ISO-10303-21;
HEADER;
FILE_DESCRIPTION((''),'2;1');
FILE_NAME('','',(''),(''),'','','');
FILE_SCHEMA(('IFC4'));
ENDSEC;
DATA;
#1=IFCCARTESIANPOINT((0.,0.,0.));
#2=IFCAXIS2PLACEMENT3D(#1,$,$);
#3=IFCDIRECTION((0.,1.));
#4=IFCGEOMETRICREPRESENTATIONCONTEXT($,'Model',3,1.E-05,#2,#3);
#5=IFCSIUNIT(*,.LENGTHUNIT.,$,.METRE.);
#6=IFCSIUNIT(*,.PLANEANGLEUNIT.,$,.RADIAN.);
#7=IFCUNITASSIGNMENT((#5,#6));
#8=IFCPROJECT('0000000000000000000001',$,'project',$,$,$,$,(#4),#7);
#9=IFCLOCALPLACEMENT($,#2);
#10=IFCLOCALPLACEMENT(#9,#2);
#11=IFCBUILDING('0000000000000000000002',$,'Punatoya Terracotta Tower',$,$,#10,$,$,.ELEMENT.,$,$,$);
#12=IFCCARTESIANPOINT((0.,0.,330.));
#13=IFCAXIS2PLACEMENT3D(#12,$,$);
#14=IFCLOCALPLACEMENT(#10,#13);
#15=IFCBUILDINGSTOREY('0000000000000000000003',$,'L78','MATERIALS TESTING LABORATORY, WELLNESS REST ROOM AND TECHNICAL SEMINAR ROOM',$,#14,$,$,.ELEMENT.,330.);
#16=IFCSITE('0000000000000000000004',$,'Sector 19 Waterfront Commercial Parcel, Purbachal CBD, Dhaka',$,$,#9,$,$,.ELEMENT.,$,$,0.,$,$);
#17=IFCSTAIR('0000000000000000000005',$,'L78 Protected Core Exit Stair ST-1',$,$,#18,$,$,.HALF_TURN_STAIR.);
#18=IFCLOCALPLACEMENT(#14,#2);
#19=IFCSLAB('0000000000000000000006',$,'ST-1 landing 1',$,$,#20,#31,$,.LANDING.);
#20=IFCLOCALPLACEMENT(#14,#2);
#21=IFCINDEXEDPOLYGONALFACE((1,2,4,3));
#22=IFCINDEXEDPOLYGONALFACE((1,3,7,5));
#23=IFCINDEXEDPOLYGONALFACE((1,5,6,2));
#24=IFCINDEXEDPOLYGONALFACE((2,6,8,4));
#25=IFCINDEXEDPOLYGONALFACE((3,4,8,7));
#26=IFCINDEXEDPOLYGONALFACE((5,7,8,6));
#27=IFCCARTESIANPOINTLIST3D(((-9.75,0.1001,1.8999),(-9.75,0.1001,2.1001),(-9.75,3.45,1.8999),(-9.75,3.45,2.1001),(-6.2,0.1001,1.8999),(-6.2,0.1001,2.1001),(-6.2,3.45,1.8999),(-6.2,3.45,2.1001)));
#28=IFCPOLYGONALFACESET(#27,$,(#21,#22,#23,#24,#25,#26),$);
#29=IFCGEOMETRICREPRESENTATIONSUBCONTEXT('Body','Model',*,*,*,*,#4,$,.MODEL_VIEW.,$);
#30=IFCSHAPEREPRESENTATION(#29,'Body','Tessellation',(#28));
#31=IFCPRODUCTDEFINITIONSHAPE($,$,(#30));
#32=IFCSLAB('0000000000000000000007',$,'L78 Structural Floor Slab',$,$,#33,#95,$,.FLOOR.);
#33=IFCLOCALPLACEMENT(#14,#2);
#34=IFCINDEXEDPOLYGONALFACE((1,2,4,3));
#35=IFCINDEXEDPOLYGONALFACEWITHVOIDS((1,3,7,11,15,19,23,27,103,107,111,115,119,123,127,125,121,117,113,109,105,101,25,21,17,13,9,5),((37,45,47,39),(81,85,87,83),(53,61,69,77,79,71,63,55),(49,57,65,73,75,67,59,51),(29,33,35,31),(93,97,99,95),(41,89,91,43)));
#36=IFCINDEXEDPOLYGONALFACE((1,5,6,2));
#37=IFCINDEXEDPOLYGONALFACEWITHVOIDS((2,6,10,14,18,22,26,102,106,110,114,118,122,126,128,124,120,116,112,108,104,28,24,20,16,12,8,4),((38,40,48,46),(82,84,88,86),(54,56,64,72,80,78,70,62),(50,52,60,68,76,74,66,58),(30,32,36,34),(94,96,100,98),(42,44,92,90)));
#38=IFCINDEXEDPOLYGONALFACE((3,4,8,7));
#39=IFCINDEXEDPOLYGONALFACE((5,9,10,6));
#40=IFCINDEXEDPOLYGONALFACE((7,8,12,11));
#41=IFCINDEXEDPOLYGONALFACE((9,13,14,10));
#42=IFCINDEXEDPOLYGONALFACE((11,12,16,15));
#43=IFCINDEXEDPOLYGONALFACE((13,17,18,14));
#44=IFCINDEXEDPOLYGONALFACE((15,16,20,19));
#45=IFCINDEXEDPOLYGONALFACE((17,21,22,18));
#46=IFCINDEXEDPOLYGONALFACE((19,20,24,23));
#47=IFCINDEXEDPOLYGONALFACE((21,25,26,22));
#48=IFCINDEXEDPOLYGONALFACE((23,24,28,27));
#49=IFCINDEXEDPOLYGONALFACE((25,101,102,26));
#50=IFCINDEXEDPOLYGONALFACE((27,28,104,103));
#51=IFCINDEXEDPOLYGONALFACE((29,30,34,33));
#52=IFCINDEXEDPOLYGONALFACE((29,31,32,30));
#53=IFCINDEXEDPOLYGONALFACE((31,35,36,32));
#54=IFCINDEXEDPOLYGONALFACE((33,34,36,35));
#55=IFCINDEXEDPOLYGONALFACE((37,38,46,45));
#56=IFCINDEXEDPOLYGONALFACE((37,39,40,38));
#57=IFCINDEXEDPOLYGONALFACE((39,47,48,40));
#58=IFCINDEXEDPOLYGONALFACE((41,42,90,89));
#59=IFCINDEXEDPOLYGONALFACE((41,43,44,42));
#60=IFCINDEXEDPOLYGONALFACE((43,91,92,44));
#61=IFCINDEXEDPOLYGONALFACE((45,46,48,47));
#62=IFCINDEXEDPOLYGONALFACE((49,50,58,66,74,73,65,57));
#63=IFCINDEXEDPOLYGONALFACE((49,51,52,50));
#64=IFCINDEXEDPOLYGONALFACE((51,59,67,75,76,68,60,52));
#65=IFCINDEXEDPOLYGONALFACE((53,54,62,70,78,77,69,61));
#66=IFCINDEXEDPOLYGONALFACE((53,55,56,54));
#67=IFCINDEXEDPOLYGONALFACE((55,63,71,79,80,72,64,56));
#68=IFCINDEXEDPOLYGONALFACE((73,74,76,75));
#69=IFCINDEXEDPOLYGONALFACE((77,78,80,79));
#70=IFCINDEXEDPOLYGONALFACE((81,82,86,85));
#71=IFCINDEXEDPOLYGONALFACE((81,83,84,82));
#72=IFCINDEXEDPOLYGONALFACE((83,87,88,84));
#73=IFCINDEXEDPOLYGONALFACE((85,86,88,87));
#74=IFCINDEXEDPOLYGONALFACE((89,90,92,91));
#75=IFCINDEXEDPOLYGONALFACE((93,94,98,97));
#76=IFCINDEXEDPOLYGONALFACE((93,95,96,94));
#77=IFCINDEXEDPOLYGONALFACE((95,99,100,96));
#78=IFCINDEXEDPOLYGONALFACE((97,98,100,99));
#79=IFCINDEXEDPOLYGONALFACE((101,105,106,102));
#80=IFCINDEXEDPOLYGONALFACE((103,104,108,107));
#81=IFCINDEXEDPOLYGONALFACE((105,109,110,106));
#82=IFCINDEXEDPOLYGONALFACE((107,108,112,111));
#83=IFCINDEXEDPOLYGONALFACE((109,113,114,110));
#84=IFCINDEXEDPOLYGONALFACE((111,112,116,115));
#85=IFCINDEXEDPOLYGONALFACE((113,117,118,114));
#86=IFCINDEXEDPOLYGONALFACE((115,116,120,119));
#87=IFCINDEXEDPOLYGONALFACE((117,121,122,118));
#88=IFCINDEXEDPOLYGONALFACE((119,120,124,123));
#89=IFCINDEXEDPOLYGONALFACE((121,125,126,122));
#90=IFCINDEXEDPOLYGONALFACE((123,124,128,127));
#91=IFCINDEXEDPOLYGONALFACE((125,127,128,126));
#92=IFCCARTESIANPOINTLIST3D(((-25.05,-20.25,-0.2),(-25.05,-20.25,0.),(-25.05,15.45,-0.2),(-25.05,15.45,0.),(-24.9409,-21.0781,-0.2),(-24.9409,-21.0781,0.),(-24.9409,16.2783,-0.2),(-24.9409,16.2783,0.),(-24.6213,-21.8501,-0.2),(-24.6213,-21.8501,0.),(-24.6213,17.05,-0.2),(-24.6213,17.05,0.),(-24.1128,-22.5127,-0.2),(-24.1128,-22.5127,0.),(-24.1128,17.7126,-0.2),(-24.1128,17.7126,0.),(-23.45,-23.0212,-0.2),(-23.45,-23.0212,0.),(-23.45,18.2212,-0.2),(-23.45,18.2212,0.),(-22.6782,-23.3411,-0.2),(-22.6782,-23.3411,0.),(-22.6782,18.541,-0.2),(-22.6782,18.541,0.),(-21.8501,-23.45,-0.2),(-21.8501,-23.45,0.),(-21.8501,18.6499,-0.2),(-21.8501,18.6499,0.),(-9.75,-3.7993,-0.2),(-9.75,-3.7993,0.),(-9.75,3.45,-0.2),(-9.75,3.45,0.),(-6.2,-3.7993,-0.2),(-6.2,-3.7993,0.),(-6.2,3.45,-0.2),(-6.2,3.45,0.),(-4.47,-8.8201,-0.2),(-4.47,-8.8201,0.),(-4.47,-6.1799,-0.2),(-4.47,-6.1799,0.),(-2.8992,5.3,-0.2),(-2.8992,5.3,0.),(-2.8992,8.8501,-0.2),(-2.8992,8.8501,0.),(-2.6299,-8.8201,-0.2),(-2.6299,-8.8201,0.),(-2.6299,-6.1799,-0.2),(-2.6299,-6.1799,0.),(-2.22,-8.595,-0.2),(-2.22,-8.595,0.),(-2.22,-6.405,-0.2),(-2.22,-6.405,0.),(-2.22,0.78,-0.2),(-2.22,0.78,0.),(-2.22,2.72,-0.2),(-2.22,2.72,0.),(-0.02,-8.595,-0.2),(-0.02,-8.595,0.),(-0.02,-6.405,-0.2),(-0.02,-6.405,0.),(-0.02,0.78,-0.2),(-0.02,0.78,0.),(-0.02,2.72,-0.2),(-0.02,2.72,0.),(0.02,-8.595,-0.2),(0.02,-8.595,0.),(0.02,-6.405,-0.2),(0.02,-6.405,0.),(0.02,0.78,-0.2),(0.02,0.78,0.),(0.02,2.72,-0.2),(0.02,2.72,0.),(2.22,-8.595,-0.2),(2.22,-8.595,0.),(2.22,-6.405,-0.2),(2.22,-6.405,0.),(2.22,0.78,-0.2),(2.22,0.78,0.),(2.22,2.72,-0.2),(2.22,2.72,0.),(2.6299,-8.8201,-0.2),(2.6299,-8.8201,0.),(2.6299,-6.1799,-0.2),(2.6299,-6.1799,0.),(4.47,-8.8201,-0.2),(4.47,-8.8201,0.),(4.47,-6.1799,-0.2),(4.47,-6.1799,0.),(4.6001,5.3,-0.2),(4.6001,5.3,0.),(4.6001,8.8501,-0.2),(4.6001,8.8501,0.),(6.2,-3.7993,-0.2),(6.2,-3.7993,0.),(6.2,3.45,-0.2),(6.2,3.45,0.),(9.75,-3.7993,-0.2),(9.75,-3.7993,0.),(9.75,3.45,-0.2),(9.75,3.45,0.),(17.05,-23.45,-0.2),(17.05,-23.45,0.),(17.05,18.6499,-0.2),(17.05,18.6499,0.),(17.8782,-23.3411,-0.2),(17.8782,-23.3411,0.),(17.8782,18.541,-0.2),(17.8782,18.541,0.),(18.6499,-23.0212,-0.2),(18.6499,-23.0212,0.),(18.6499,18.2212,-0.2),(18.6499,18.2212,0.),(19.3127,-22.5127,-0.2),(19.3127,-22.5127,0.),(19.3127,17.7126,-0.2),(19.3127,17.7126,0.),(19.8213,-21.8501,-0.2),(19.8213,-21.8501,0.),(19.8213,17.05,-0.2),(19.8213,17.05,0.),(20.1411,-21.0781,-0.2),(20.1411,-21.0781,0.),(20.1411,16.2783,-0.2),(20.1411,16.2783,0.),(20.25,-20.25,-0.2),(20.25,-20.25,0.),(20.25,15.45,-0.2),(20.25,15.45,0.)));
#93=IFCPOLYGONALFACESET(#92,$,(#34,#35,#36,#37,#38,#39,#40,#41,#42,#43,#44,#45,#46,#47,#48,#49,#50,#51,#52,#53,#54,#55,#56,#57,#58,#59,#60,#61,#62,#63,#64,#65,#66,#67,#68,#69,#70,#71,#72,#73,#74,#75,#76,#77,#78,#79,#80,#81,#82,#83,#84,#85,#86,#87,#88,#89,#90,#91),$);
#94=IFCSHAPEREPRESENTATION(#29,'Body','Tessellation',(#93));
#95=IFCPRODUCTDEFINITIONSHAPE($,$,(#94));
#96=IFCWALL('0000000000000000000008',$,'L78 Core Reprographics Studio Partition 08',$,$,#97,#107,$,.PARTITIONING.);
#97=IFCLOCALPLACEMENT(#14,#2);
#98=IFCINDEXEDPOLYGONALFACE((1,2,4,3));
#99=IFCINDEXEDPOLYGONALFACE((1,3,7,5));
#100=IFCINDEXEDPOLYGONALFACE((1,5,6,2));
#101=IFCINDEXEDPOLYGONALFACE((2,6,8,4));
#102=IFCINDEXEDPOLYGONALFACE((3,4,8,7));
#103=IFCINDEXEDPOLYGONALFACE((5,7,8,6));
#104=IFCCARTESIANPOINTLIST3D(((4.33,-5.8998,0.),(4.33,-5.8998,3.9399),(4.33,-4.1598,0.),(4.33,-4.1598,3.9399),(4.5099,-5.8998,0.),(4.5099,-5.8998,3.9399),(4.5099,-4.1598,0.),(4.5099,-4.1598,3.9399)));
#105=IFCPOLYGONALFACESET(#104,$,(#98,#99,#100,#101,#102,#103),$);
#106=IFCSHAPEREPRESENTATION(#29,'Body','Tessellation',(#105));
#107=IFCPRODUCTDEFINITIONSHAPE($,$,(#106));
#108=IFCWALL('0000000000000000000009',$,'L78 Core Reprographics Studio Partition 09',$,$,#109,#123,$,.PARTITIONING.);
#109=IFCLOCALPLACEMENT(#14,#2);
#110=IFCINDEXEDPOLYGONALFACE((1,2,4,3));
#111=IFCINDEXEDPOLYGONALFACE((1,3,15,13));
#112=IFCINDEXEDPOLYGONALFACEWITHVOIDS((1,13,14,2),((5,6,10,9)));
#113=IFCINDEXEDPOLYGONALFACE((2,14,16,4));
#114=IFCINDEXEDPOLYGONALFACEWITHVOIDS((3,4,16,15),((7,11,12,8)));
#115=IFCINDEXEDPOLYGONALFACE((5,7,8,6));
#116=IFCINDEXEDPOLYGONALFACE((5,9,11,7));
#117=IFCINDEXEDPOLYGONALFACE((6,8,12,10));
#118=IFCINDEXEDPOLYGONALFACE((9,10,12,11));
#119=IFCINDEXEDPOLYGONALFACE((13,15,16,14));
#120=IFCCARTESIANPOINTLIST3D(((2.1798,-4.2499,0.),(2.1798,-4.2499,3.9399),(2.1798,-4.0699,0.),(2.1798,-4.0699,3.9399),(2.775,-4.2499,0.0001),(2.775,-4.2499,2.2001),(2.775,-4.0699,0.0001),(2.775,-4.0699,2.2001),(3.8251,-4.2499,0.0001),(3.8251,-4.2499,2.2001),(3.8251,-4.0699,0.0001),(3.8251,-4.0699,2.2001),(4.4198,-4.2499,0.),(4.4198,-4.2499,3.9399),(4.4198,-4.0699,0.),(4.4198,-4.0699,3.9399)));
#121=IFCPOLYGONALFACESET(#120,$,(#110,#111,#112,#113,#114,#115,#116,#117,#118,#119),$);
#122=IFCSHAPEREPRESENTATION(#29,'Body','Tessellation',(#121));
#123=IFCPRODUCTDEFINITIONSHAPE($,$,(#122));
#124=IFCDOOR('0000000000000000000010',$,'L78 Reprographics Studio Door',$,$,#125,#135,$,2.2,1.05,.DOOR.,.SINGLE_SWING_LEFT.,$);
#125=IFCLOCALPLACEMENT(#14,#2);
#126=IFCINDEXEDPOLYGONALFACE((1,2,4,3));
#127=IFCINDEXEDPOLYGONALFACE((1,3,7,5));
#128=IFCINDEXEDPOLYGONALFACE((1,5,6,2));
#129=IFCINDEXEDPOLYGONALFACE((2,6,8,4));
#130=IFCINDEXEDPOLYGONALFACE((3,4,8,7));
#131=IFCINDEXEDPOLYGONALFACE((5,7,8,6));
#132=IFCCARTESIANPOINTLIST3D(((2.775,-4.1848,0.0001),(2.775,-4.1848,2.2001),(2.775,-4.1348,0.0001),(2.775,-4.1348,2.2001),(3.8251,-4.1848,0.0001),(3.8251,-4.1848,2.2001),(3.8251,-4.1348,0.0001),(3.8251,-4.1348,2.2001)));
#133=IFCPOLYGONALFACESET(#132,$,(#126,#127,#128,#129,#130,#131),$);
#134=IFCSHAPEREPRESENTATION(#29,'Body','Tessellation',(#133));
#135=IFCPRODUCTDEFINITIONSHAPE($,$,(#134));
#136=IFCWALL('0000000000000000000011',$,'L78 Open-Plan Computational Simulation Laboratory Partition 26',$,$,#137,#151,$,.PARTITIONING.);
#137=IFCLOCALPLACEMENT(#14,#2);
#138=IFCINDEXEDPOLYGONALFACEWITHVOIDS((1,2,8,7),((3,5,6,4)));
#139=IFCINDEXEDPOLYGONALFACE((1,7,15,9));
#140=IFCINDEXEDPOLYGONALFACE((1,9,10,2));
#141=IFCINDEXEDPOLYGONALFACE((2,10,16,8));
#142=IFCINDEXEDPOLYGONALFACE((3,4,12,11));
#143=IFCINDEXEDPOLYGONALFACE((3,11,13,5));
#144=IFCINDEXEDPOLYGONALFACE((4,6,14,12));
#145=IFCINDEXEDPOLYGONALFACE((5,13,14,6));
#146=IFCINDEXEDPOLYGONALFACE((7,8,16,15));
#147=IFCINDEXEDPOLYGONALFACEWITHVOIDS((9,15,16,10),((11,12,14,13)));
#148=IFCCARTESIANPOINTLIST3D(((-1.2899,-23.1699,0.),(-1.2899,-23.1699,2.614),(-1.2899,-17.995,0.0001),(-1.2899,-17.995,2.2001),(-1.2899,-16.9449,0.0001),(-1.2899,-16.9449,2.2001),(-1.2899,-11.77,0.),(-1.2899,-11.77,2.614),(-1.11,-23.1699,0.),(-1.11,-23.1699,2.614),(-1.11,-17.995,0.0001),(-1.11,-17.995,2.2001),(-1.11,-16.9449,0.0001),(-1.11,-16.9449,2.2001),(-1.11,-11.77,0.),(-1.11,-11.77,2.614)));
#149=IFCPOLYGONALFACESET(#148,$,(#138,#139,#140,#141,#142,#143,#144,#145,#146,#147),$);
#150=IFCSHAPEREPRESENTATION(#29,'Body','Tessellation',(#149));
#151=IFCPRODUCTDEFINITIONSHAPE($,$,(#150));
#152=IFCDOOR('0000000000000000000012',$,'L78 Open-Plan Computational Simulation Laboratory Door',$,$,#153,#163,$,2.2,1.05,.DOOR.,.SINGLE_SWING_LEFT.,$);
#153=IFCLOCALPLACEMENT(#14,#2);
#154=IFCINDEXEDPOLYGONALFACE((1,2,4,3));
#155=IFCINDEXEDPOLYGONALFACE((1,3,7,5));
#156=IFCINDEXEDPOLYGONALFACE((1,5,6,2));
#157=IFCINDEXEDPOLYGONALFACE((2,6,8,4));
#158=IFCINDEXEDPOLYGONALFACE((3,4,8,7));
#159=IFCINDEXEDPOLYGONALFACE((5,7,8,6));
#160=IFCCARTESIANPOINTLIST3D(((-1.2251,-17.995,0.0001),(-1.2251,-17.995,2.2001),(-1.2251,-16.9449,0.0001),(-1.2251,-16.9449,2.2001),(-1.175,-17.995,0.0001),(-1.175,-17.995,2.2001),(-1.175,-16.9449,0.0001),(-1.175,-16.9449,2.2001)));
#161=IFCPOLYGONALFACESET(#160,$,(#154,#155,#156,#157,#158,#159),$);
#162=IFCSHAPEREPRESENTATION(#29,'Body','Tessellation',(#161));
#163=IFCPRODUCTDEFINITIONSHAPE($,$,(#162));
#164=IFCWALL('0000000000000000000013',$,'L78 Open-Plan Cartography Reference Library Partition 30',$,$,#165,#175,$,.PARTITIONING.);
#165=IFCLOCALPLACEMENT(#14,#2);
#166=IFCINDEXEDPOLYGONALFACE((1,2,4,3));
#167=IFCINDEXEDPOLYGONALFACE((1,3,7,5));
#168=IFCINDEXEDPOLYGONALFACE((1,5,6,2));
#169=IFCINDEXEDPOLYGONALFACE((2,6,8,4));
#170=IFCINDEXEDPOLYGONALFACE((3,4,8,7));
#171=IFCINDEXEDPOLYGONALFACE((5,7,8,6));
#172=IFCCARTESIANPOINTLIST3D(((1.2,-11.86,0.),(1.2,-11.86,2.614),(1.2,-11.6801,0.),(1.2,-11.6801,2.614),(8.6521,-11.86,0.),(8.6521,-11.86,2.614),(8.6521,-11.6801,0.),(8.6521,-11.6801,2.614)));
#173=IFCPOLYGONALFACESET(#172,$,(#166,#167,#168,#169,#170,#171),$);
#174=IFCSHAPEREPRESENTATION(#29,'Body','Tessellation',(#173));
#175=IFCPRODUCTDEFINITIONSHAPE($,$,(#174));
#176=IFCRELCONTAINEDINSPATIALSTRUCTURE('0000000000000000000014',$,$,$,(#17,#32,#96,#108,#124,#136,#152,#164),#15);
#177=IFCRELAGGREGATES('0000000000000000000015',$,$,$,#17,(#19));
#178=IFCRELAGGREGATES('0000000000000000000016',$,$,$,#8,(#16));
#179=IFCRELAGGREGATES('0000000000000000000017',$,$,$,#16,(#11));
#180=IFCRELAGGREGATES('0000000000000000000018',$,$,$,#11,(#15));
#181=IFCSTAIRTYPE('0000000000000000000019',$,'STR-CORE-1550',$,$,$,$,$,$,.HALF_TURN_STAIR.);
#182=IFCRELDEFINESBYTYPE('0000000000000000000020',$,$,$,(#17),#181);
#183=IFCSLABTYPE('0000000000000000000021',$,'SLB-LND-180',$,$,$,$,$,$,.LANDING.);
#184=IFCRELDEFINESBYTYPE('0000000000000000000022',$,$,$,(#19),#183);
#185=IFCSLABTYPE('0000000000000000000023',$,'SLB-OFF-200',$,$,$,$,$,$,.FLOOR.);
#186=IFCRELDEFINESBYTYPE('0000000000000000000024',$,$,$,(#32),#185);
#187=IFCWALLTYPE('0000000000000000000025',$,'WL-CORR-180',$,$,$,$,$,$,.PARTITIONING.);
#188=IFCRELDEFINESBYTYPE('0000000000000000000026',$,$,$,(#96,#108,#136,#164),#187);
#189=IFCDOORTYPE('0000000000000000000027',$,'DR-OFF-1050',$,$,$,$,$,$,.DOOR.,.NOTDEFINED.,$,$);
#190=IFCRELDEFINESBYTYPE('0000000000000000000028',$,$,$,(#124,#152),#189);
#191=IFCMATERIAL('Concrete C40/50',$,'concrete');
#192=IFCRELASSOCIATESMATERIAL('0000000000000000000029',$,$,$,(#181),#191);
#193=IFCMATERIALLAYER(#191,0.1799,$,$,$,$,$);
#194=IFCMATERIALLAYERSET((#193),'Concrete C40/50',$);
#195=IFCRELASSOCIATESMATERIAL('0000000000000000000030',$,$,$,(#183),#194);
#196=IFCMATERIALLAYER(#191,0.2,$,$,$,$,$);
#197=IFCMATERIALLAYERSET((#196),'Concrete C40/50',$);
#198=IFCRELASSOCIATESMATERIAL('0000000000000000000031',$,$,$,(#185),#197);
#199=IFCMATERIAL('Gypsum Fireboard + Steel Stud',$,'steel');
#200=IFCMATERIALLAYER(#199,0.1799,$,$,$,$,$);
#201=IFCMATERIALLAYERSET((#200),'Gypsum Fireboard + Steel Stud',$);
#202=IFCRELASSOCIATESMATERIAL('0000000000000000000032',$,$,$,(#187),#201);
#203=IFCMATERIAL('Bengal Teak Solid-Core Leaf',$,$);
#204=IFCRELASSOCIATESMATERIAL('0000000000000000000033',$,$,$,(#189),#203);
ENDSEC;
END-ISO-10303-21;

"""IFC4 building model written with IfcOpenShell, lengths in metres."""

from ifc_helpers import new_model, si_unit, direction, frame, frame_2d, origin, place, context, subcontext, project, spatial, polyline, rectangle, outline, extrude, material, layer, layer_set, type_object, element, fill, aggregate, save


model = new_model("IFC4")

# Units and contexts
model_context = context("Model", 3, precision=1e-05, world=origin(), true_north=direction((0.0, 1.0)))
body_context = subcontext(model_context, "Body", "Model", "MODEL_VIEW")
ifc_project = project(units=[si_unit("LENGTHUNIT", "METRE"), si_unit("PLANEANGLEUNIT", "RADIAN")], contexts=[model_context])

# Site, building, storey
site_placement = place(None, origin())
site = spatial("IfcSite", under=ifc_project, at=site_placement, Name="Sector 19 Waterfront Commercial Parcel, Purbachal CBD, Dhaka", CompositionType="ELEMENT", RefElevation=0.0)
building_placement = place(site_placement, origin())
building = spatial("IfcBuilding", under=site, at=building_placement, Name="Punatoya Terracotta Tower", CompositionType="ELEMENT")
storey_placement = place(building_placement, frame((0.0, 0.0, 330.0)))
storey = spatial("IfcBuildingStorey", under=building, at=storey_placement, Name="L78", Description="MATERIALS TESTING LABORATORY, WELLNESS REST ROOM AND TECHNICAL SEMINAR ROOM", CompositionType="ELEMENT", Elevation=330.0)

# Stair, slab
ifc_material_1 = material(Name="Concrete C40/50", Category="concrete")
stair_type = type_object("IfcStairType", Name="STR-CORE-1550", PredefinedType="HALF_TURN_STAIR", material=ifc_material_1)
stair_placement = place(storey_placement, origin())
stair = element("IfcStair", 1, at=stair_placement, inside=storey, type_object=stair_type, Name="L78 Protected Core Exit Stair ST-1", PredefinedType="HALF_TURN_STAIR")
ifc_layer_1 = layer(ifc_material_1, 0.1799)
ifc_layer_set_1 = layer_set([ifc_layer_1], Name="Concrete C40/50")
slab_type_1 = type_object("IfcSlabType", Name="SLB-LND-180", PredefinedType="LANDING", material=ifc_layer_set_1)
slab_1_placement = place(storey_placement, frame((0.0, 0.0, 1.8999)))
slab_1 = element("IfcSlab", 2, at=slab_1_placement, type_object=slab_type_1, Name="ST-1 landing 1", PredefinedType="LANDING", context=body_context, shape_type="SweptSolid", body=[
    extrude(outline(polyline([(-6.2, 0.1001), (-6.2, 3.45), (-9.75, 3.45), (-9.75, 0.1001), (-6.2, 0.1001)])), origin(), (0.0, 0.0, 1.0), 0.2002),
])
aggregate(stair, [slab_1])

# Slab
ifc_layer_2 = layer(ifc_material_1, 0.2)
ifc_layer_set_2 = layer_set([ifc_layer_2], Name="Concrete C40/50")
slab_type_2 = type_object("IfcSlabType", Name="SLB-OFF-200", PredefinedType="FLOOR", material=ifc_layer_set_2)
slab_2_placement = place(storey_placement, frame((0.0, 0.0, -0.2)))
element("IfcSlab", 3, at=slab_2_placement, inside=storey, type_object=slab_type_2, Name="L78 Structural Floor Slab", PredefinedType="FLOOR", context=body_context, shape_type="SweptSolid", body=[
    extrude(outline(polyline([(-21.8501, -23.45), (-22.6782, -23.3411), (-23.45, -23.0212), (-24.1128, -22.5127), (-24.6213, -21.8501), (-24.9409, -21.0781), (-25.05, -20.25), (-25.05, 15.45), (-24.9409, 16.2783), (-24.6213, 17.05), (-24.1128, 17.7126), (-23.45, 18.2212), (-22.6782, 18.541), (-21.8501, 18.6499), (17.05, 18.6499), (17.8782, 18.541), (18.6499, 18.2212), (19.3127, 17.7126), (19.8213, 17.05), (20.1411, 16.2783), (20.25, 15.45), (20.25, -20.25), (20.1411, -21.0781), (19.8213, -21.8501), (19.3127, -22.5127), (18.6499, -23.0212), (17.8782, -23.3411), (17.05, -23.45), (-21.8501, -23.45)]), holes=[polyline([(-2.6299, -6.1799), (-4.47, -6.1799), (-4.47, -8.8201), (-2.6299, -8.8201), (-2.6299, -6.1799)]), polyline([(-0.02, -6.405), (-2.22, -6.405), (-2.22, -8.595), (-0.02, -8.595), (0.02, -8.595), (2.22, -8.595), (2.22, -6.405), (0.02, -6.405), (-0.02, -6.405)]), polyline([(4.47, -6.1799), (2.6299, -6.1799), (2.6299, -8.8201), (4.47, -8.8201), (4.47, -6.1799)]), polyline([(-9.75, 3.45), (-9.75, -3.7993), (-6.2, -3.7993), (-6.2, 3.45), (-9.75, 3.45)]), polyline([(6.2, 3.45), (6.2, -3.7993), (9.75, -3.7993), (9.75, 3.45), (6.2, 3.45)]), polyline([(-2.22, 2.72), (-2.22, 0.78), (-0.02, 0.78), (0.02, 0.78), (2.22, 0.78), (2.22, 2.72), (0.02, 2.72), (-0.02, 2.72), (-2.22, 2.72)]), polyline([(4.6001, 5.3), (4.6001, 8.8501), (-2.8992, 8.8501), (-2.8992, 5.3), (4.6001, 5.3)])]), origin(), (0.0, 0.0, 1.0), 0.2),
])

# Wall
ifc_material_2 = material(Name="Gypsum Fireboard + Steel Stud", Category="steel")
ifc_layer_3 = layer(ifc_material_2, 0.1799)
ifc_layer_set_3 = layer_set([ifc_layer_3], Name="Gypsum Fireboard + Steel Stud")
wall_type_1 = type_object("IfcWallType", Name="WL-CORR-180", PredefinedType="PARTITIONING", material=ifc_layer_set_3)
wall_1_placement = place(storey_placement, frame((4.4199, -5.8999, 0.0), z_axis=(0.0, 0.0, 1.0), x_axis=(0.0, 1.0, 0.0)))
element("IfcWall", 4, at=wall_1_placement, inside=storey, type_object=wall_type_1, Name="L78 Core Reprographics Studio Partition 08", PredefinedType="PARTITIONING", context=body_context, shape_type="SweptSolid", body=[
    extrude(rectangle(XDim=1.74, YDim=0.1799, at=frame_2d((0.8701, 0.0))), origin(), (0.0, 0.0, 1.0), 3.9399),
])

# Walls, openings, doors
wall_2_placement = place(storey_placement, frame((4.4199, -4.1599, 0.0), z_axis=(0.0, 0.0, 1.0), x_axis=(-1.0, 0.0, 0.0)))
wall_2 = element("IfcWall", 5, at=wall_2_placement, inside=storey, type_object=wall_type_1, Name="L78 Core Reprographics Studio Partition 09", PredefinedType="PARTITIONING", context=body_context, shape_type="SweptSolid", body=[
    extrude(rectangle(XDim=2.24, YDim=0.1799, at=frame_2d((1.1201, 0.0))), origin(), (0.0, 0.0, 1.0), 3.9399),
])
opening_1_placement = place(wall_2_placement, frame((0.595, 0.0, 0.0)))
opening_1 = element("IfcOpeningElement", 6, at=opening_1_placement, cuts=wall_2, PredefinedType="OPENING", context=body_context, shape_type="SweptSolid", body=[
    extrude(rectangle(XDim=1.05, YDim=2.2, at=frame_2d((0.5249, 1.1001))), frame((0.0, 0.0999, 0.0), z_axis=(0.0, -1.0, 0.0), x_axis=(1.0, 0.0, 0.0)), (0.0, 0.0, 1.0), 0.2),
])
ifc_material_3 = material(Name="Bengal Teak Solid-Core Leaf")
door_type_1 = type_object("IfcDoorType", Name="DR-OFF-1050", OperationType="NOTDEFINED", PredefinedType="DOOR", material=ifc_material_3)
door_1_placement = place(opening_1_placement, origin())
door_1 = element("IfcDoor", 7, at=door_1_placement, inside=storey, type_object=door_type_1, Name="L78 Reprographics Studio Door", OperationType="SINGLE_SWING_LEFT", OverallHeight=2.2, OverallWidth=1.05, PredefinedType="DOOR", context=body_context, shape_type="SweptSolid", body=[
    extrude(rectangle(XDim=1.05, YDim=2.2, at=frame_2d((0.5249, 1.1001))), frame((0.0, 0.0249, 0.0), z_axis=(0.0, -1.0, 0.0), x_axis=(1.0, 0.0, 0.0)), (0.0, 0.0, 1.0), 0.05),
])
fill(opening_1, door_1)
wall_3_placement = place(storey_placement, frame((-1.2, -11.77, 0.0), z_axis=(0.0, 0.0, 1.0), x_axis=(0.0, -1.0, 0.0)))
wall_3 = element("IfcWall", 8, at=wall_3_placement, inside=storey, type_object=wall_type_1, Name="L78 Open-Plan Computational Simulation Laboratory Partition 26", PredefinedType="PARTITIONING", context=body_context, shape_type="SweptSolid", body=[
    extrude(rectangle(XDim=11.3999, YDim=0.1799, at=frame_2d((5.7, 0.0))), origin(), (0.0, 0.0, 1.0), 2.614),
])
opening_2_placement = place(wall_3_placement, frame((5.175, 0.0, 0.0)))
opening_2 = element("IfcOpeningElement", 9, at=opening_2_placement, cuts=wall_3, PredefinedType="OPENING", context=body_context, shape_type="SweptSolid", body=[
    extrude(rectangle(XDim=1.05, YDim=2.2, at=frame_2d((0.5249, 1.1001))), frame((0.0, 0.0999, 0.0), z_axis=(0.0, -1.0, 0.0), x_axis=(1.0, 0.0, 0.0)), (0.0, 0.0, 1.0), 0.2),
])
door_2_placement = place(opening_2_placement, origin())
door_2 = element("IfcDoor", 10, at=door_2_placement, inside=storey, type_object=door_type_1, Name="L78 Open-Plan Computational Simulation Laboratory Door", OperationType="SINGLE_SWING_LEFT", OverallHeight=2.2, OverallWidth=1.05, PredefinedType="DOOR", context=body_context, shape_type="SweptSolid", body=[
    extrude(rectangle(XDim=1.05, YDim=2.2, at=frame_2d((0.5249, 1.1001))), frame((0.0, 0.0249, 0.0), z_axis=(0.0, -1.0, 0.0), x_axis=(1.0, 0.0, 0.0)), (0.0, 0.0, 1.0), 0.05),
])
fill(opening_2, door_2)

# Wall
wall_4_placement = place(storey_placement, frame((1.2, -11.77, 0.0), z_axis=(0.0, 0.0, 1.0), x_axis=(1.0, 0.0, 0.0)))
element("IfcWall", 11, at=wall_4_placement, inside=storey, type_object=wall_type_1, Name="L78 Open-Plan Cartography Reference Library Partition 30", PredefinedType="PARTITIONING", context=body_context, shape_type="SweptSolid", body=[
    extrude(rectangle(XDim=7.4521, YDim=0.1799, at=frame_2d((3.7261, 0.0))), origin(), (0.0, 0.0, 1.0), 2.614),
])

save(model, "model.ifc")
